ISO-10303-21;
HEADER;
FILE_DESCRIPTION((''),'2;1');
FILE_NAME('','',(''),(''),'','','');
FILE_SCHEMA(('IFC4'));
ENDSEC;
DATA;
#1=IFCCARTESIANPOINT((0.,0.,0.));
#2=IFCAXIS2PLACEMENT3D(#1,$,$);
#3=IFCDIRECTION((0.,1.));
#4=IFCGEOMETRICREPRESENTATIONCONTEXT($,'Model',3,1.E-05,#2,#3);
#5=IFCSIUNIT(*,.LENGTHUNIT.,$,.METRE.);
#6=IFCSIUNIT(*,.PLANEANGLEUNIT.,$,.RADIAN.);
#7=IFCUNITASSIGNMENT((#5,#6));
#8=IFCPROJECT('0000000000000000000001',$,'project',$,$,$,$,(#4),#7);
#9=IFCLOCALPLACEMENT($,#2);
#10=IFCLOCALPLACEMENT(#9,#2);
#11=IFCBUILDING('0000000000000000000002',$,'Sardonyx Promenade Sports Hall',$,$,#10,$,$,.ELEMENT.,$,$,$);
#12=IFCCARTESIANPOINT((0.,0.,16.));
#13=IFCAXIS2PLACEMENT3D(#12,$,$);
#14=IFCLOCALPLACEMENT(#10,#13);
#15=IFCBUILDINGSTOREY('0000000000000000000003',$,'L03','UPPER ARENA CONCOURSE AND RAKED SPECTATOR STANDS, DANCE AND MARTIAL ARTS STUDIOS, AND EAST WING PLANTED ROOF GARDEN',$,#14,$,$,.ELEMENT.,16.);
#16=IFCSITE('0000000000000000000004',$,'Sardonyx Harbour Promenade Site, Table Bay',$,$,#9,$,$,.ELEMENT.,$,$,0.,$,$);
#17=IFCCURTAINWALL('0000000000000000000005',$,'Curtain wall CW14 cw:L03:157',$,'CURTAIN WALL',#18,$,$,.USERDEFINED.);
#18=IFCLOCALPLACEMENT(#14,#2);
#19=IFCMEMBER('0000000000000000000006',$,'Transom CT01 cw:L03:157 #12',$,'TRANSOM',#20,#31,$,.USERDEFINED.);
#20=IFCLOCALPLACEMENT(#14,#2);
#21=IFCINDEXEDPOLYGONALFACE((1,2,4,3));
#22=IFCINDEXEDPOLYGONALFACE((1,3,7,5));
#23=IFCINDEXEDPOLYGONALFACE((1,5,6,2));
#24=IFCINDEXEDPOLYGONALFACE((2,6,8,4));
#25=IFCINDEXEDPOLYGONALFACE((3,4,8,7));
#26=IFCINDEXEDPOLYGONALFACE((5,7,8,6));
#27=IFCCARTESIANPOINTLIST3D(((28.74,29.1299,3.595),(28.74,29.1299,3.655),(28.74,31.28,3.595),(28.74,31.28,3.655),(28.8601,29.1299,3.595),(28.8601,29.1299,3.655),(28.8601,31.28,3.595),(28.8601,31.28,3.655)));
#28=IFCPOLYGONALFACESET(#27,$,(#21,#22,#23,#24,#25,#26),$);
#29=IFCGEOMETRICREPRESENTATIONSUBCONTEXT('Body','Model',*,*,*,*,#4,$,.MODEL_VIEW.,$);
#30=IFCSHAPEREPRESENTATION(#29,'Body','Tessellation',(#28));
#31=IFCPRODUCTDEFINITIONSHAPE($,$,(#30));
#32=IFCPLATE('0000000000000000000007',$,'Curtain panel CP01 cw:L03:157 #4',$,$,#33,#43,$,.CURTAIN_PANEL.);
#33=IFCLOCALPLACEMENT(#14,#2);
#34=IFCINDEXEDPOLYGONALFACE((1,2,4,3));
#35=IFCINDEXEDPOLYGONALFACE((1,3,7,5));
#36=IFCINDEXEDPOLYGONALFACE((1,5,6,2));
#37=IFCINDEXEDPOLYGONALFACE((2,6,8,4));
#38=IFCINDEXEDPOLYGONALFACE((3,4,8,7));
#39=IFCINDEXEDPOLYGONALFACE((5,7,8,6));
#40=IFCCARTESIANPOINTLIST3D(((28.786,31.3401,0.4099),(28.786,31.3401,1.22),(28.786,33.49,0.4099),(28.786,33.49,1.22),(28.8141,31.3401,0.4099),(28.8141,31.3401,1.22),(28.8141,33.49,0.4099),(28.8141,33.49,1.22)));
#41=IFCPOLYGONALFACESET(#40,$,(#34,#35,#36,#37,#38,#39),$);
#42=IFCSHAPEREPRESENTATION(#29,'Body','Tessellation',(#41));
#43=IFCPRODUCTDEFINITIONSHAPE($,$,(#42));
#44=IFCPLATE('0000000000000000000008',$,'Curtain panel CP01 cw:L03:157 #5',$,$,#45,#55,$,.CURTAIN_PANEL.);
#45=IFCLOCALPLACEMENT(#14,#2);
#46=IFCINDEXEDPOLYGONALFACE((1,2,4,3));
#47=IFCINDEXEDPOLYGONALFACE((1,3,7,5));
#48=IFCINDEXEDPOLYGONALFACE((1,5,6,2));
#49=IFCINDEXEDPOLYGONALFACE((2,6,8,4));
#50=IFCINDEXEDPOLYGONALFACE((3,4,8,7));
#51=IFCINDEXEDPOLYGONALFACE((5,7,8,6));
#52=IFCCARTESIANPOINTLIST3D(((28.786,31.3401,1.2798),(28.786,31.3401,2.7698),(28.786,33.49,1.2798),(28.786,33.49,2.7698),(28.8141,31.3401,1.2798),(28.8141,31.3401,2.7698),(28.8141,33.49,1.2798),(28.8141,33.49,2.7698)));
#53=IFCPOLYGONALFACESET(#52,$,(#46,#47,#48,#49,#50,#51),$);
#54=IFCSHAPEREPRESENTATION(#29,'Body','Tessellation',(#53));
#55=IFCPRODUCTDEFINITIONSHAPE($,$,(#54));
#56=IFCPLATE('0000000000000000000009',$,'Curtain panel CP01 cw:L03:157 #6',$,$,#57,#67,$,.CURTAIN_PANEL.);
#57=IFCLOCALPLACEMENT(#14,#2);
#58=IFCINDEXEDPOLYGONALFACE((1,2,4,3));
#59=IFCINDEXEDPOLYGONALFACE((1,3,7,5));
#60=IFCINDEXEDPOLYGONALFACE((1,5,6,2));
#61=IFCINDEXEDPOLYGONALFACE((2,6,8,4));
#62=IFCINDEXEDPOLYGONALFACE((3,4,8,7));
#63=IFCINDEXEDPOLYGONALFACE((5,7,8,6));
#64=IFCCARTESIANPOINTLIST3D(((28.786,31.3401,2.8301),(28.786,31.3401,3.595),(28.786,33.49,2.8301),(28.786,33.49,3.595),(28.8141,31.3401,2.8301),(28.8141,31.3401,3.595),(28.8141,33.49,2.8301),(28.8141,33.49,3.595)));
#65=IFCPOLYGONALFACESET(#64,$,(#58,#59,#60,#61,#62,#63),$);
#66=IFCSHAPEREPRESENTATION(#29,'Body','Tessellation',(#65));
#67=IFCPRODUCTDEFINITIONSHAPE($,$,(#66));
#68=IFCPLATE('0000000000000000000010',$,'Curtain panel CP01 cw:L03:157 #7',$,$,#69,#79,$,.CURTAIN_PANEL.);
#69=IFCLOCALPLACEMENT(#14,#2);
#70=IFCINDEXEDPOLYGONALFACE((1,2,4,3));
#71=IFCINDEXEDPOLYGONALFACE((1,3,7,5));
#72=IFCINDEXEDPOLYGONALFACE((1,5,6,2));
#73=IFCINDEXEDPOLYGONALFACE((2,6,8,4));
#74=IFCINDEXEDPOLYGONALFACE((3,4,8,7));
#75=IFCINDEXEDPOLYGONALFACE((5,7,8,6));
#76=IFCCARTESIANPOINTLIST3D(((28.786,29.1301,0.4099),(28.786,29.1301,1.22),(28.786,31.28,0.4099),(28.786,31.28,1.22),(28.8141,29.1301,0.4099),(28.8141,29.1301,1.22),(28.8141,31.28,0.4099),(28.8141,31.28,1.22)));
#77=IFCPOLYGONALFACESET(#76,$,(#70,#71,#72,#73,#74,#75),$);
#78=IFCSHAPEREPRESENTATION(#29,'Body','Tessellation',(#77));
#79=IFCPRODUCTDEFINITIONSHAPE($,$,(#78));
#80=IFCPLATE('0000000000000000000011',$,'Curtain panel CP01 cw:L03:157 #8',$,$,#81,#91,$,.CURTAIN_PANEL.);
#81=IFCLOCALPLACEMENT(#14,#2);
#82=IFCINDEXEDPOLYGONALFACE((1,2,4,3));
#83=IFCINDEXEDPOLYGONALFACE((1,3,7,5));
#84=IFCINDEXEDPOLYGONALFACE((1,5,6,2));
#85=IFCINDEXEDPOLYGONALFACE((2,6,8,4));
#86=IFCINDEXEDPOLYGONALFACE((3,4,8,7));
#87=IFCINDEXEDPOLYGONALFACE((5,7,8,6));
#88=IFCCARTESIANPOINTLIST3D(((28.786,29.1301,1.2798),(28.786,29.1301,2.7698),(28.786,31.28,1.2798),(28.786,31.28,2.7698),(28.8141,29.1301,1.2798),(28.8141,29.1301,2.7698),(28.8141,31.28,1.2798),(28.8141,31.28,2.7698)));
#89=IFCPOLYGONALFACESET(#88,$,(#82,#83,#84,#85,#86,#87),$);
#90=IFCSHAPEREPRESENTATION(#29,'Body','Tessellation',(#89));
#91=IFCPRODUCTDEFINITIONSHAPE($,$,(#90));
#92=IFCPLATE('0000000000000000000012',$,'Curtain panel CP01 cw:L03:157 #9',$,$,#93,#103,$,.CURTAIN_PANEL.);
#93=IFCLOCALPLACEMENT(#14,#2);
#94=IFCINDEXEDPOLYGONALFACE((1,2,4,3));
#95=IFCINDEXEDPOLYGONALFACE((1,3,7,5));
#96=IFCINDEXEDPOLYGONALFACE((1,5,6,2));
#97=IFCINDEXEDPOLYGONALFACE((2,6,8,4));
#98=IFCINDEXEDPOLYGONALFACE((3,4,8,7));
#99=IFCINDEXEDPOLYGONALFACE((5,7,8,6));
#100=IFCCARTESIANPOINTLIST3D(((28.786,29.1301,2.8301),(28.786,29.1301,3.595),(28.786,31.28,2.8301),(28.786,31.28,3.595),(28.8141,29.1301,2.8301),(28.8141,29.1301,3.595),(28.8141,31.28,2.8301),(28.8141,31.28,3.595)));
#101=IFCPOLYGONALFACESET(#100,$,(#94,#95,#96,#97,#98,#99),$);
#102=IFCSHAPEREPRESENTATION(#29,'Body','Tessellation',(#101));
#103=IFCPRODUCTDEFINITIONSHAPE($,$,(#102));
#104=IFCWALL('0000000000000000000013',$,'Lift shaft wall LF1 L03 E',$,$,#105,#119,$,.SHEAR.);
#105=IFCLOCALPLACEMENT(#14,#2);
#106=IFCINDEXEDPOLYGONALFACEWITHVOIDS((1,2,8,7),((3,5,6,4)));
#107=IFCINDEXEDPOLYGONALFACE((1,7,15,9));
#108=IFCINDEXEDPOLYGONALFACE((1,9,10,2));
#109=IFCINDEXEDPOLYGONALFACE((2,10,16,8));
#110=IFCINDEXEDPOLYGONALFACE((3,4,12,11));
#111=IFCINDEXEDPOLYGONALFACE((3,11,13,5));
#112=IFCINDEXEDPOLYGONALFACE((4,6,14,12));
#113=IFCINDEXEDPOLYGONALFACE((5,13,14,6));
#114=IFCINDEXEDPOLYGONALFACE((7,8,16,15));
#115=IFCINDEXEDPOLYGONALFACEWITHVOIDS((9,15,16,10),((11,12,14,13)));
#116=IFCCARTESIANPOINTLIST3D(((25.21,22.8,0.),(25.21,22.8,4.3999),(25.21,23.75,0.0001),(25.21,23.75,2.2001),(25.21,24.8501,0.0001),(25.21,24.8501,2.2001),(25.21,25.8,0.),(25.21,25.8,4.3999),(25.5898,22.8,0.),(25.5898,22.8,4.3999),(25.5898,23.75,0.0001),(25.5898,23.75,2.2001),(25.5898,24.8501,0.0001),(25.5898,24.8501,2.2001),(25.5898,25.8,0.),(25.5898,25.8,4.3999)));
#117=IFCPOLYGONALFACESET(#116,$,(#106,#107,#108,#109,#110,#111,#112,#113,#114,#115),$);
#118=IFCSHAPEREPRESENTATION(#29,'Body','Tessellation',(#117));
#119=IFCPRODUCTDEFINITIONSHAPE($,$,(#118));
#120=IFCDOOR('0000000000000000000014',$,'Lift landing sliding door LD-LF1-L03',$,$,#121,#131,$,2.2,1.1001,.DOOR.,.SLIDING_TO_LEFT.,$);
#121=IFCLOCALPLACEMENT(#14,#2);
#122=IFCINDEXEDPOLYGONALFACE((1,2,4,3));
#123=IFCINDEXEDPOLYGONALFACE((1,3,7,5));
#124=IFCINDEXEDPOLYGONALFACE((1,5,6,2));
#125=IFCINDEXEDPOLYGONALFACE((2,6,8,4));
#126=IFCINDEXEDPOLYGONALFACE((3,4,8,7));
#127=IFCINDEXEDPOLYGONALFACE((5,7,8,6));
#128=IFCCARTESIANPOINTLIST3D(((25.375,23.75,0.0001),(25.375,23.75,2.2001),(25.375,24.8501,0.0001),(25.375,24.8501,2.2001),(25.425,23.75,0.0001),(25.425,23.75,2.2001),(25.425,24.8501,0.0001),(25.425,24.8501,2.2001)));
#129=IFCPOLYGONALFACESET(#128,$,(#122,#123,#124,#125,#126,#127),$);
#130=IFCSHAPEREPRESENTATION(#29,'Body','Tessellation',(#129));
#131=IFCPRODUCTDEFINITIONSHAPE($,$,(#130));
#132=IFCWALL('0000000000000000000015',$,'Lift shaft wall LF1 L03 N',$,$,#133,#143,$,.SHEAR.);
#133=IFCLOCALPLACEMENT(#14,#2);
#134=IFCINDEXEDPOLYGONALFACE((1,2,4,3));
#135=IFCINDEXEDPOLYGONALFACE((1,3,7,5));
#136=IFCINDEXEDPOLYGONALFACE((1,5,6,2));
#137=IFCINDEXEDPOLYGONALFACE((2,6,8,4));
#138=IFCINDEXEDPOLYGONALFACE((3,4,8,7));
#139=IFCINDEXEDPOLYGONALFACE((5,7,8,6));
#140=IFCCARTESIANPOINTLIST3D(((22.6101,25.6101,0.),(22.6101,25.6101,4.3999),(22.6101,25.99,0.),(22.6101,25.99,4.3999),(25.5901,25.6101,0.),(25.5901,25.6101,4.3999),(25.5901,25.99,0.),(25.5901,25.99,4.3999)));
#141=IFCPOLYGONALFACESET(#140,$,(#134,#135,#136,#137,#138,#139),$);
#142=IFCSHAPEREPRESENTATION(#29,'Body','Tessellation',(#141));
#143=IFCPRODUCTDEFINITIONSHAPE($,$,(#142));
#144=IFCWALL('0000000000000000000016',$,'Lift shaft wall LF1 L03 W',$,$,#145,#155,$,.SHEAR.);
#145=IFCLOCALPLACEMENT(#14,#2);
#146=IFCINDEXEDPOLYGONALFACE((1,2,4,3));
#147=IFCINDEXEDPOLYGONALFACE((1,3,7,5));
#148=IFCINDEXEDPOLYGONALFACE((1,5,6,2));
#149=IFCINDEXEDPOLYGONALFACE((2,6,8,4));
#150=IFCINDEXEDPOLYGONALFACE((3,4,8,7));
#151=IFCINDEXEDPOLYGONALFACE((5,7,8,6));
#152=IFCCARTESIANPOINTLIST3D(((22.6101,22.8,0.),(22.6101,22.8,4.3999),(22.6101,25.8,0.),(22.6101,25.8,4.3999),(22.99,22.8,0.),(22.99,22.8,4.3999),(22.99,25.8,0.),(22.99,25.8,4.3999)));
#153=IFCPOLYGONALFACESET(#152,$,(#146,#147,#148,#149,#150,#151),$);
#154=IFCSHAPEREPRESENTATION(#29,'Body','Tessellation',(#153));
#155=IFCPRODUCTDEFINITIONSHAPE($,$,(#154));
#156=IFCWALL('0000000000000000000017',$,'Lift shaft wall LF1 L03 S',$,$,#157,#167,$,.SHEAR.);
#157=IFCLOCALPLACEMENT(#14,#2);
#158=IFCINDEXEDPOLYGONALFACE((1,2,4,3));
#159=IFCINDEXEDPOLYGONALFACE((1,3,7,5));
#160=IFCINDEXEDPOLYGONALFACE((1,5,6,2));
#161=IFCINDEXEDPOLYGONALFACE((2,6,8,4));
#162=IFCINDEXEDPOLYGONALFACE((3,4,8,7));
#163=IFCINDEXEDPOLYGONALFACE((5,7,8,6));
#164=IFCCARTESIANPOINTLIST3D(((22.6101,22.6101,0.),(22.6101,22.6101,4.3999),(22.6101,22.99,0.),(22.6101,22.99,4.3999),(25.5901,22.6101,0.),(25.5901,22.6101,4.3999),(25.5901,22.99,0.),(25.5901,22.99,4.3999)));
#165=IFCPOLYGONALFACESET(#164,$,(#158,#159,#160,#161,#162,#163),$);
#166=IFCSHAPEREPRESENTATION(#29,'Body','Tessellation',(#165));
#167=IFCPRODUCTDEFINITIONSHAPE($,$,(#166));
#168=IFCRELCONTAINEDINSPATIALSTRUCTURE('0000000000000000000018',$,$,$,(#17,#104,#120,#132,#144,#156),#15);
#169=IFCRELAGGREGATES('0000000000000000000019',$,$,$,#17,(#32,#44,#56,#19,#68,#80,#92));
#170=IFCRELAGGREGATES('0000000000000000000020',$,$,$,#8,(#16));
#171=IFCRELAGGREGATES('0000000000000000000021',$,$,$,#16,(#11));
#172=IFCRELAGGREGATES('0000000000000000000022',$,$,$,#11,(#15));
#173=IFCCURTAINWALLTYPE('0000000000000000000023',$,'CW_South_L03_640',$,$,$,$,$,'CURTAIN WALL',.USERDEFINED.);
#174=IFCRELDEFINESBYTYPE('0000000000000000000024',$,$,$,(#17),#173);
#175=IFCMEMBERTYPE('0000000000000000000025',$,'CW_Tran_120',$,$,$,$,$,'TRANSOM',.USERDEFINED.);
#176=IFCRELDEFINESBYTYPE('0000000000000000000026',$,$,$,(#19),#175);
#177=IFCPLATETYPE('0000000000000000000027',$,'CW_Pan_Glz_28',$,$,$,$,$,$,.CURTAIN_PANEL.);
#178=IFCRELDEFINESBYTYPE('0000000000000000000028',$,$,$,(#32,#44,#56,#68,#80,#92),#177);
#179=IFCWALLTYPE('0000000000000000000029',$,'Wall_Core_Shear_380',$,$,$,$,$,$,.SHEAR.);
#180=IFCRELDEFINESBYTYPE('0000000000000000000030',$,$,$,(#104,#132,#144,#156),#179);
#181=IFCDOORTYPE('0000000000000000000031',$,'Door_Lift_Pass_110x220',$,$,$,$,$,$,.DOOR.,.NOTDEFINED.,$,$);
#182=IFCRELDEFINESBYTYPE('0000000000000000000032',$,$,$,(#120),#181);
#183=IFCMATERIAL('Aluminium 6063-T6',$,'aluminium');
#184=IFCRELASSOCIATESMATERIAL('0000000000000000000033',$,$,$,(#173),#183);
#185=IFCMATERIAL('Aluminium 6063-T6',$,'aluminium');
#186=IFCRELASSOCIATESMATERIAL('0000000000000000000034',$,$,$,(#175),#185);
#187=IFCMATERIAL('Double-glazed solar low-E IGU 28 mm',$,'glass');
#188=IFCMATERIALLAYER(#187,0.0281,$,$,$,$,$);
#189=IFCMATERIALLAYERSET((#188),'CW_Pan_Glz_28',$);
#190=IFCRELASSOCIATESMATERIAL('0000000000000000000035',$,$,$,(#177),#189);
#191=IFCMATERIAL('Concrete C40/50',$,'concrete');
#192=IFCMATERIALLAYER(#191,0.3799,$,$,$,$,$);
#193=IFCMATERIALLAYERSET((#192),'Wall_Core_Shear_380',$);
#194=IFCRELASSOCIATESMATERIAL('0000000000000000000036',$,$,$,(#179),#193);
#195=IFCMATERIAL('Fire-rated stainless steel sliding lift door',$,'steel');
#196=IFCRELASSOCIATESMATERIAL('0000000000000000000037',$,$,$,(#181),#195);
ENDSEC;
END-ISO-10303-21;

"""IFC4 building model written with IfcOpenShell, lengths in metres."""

from ifc_helpers import new_model, si_unit, direction, frame, frame_2d, origin, origin_2d, place, context, subcontext, project, spatial, rectangle, extrude, material, layer, layer_set, material_profile, profile_set, type_object, element, fill, aggregate, save


model = new_model("IFC4")

# Units and contexts
model_context = context("Model", 3, precision=1e-05, world=origin(), true_north=direction((0.0, 1.0)))
body_context = subcontext(model_context, "Body", "Model", "MODEL_VIEW")
ifc_project = project(units=[si_unit("LENGTHUNIT", "METRE"), si_unit("PLANEANGLEUNIT", "RADIAN")], contexts=[model_context])

# Site, building, storey
site_placement = place(None, origin())
site = spatial("IfcSite", under=ifc_project, at=site_placement, Name="Sardonyx Harbour Promenade Site, Table Bay", CompositionType="ELEMENT", RefElevation=0.0)
building_placement = place(site_placement, origin())
building = spatial("IfcBuilding", under=site, at=building_placement, Name="Sardonyx Promenade Sports Hall", CompositionType="ELEMENT")
storey_placement = place(building_placement, frame((0.0, 0.0, 16.0)))
storey = spatial("IfcBuildingStorey", under=building, at=storey_placement, Name="L03", Description="UPPER ARENA CONCOURSE AND RAKED SPECTATOR STANDS, DANCE AND MARTIAL ARTS STUDIOS, AND EAST WING PLANTED ROOF GARDEN", CompositionType="ELEMENT", Elevation=16.0)

# Curtain wall, member, plates
ifc_material_1 = material(Name="Aluminium 6063-T6", Category="aluminium")
curtain_wall_type = type_object("IfcCurtainWallType", Name="CW_South_L03_640", ElementType="CURTAIN WALL", PredefinedType="USERDEFINED", material=ifc_material_1)
curtain_wall_placement = place(storey_placement, origin())
curtain_wall = element("IfcCurtainWall", 1, at=curtain_wall_placement, inside=storey, type_object=curtain_wall_type, Name="Curtain wall CW14 cw:L03:157", ObjectType="CURTAIN WALL", PredefinedType="USERDEFINED")
ifc_material_2 = material(Name="Aluminium 6063-T6", Category="aluminium")
ifc_material_profile_1 = material_profile(ifc_material_2, rectangle(XDim=0.0601, YDim=0.1201, at=origin_2d()))
ifc_profile_set_1 = profile_set([ifc_material_profile_1], Name="Aluminium 6063-T6")
member_type_1 = type_object("IfcMemberType", Name="CW_Tran_120", ElementType="TRANSOM", PredefinedType="USERDEFINED", material=ifc_profile_set_1)
member_1_placement = place(storey_placement, frame((28.8, 31.28, 3.625), z_axis=(0.0, -1.0, 0.0), x_axis=(0.0, 0.0, 1.0)))
member_1 = element("IfcMember", 2, at=member_1_placement, type_object=member_type_1, Name="Transom CT01 cw:L03:157 #12", ObjectType="TRANSOM", PredefinedType="USERDEFINED", context=body_context, shape_type="SweptSolid", body=[
    extrude(rectangle(XDim=0.0601, YDim=0.1201, at=origin_2d()), origin(), (0.0, 0.0, 1.0), 2.1501),
])
ifc_material_3 = material(Name="Double-glazed solar low-E IGU 28 mm", Category="glass")
ifc_layer_1 = layer(ifc_material_3, 0.0281)
ifc_layer_set_1 = layer_set([ifc_layer_1], Name="CW_Pan_Glz_28")
plate_type = type_object("IfcPlateType", Name="CW_Pan_Glz_28", PredefinedType="CURTAIN_PANEL", material=ifc_layer_set_1)
plate_1_placement = place(storey_placement, frame((28.8, 32.415, 0.4099), z_axis=(0.0, 0.0, 1.0), x_axis=(0.0, -1.0, 0.0)))
plate_1 = element("IfcPlate", 3, at=plate_1_placement, type_object=plate_type, Name="Curtain panel CP01 cw:L03:157 #4", PredefinedType="CURTAIN_PANEL", context=body_context, shape_type="SweptSolid", body=[
    extrude(rectangle(XDim=2.1499, YDim=0.0281, at=origin_2d()), origin(), (0.0, 0.0, 1.0), 0.8101),
])
plate_2_placement = place(storey_placement, frame((28.8, 32.415, 1.2798), z_axis=(0.0, 0.0, 1.0), x_axis=(0.0, -1.0, 0.0)))
plate_2 = element("IfcPlate", 4, at=plate_2_placement, type_object=plate_type, Name="Curtain panel CP01 cw:L03:157 #5", PredefinedType="CURTAIN_PANEL", context=body_context, shape_type="SweptSolid", body=[
    extrude(rectangle(XDim=2.1499, YDim=0.0281, at=origin_2d()), origin(), (0.0, 0.0, 1.0), 1.49),
])
plate_3_placement = place(storey_placement, frame((28.8, 32.415, 2.8301), z_axis=(0.0, 0.0, 1.0), x_axis=(0.0, -1.0, 0.0)))
plate_3 = element("IfcPlate", 5, at=plate_3_placement, type_object=plate_type, Name="Curtain panel CP01 cw:L03:157 #6", PredefinedType="CURTAIN_PANEL", context=body_context, shape_type="SweptSolid", body=[
    extrude(rectangle(XDim=2.1499, YDim=0.0281, at=origin_2d()), origin(), (0.0, 0.0, 1.0), 0.7649),
])
plate_4_placement = place(storey_placement, frame((28.8, 30.2051, 0.4099), z_axis=(0.0, 0.0, 1.0), x_axis=(0.0, -1.0, 0.0)))
plate_4 = element("IfcPlate", 6, at=plate_4_placement, type_object=plate_type, Name="Curtain panel CP01 cw:L03:157 #7", PredefinedType="CURTAIN_PANEL", context=body_context, shape_type="SweptSolid", body=[
    extrude(rectangle(XDim=2.1499, YDim=0.0281, at=origin_2d()), origin(), (0.0, 0.0, 1.0), 0.8101),
])
plate_5_placement = place(storey_placement, frame((28.8, 30.2051, 1.2798), z_axis=(0.0, 0.0, 1.0), x_axis=(0.0, -1.0, 0.0)))
plate_5 = element("IfcPlate", 7, at=plate_5_placement, type_object=plate_type, Name="Curtain panel CP01 cw:L03:157 #8", PredefinedType="CURTAIN_PANEL", context=body_context, shape_type="SweptSolid", body=[
    extrude(rectangle(XDim=2.1499, YDim=0.0281, at=origin_2d()), origin(), (0.0, 0.0, 1.0), 1.49),
])
plate_6_placement = place(storey_placement, frame((28.8, 30.2051, 2.8301), z_axis=(0.0, 0.0, 1.0), x_axis=(0.0, -1.0, 0.0)))
plate_6 = element("IfcPlate", 8, at=plate_6_placement, type_object=plate_type, Name="Curtain panel CP01 cw:L03:157 #9", PredefinedType="CURTAIN_PANEL", context=body_context, shape_type="SweptSolid", body=[
    extrude(rectangle(XDim=2.1499, YDim=0.0281, at=origin_2d()), origin(), (0.0, 0.0, 1.0), 0.7649),
])
aggregate(curtain_wall, [plate_1, plate_2, plate_3, member_1, plate_4, plate_5, plate_6])

# Wall, opening, door
ifc_material_4 = material(Name="Concrete C40/50", Category="concrete")
ifc_layer_2 = layer(ifc_material_4, 0.3799)
ifc_layer_set_2 = layer_set([ifc_layer_2], Name="Wall_Core_Shear_380")
wall_type_1 = type_object("IfcWallType", Name="Wall_Core_Shear_380", PredefinedType="SHEAR", material=ifc_layer_set_2)
wall_1_placement = place(storey_placement, frame((25.3999, 22.8, 0.0), z_axis=(0.0, 0.0, 1.0), x_axis=(0.0, 1.0, 0.0)))
wall_1 = element("IfcWall", 9, at=wall_1_placement, inside=storey, type_object=wall_type_1, Name="Lift shaft wall LF1 L03 E", PredefinedType="SHEAR", context=body_context, shape_type="SweptSolid", body=[
    extrude(rectangle(XDim=3.0, YDim=0.3799, at=frame_2d((1.5, 0.0))), origin(), (0.0, 0.0, 1.0), 4.3999),
])
opening_1_placement = place(wall_1_placement, frame((0.95, 0.0, 0.0)))
opening_1 = element("IfcOpeningElement", 10, at=opening_1_placement, cuts=wall_1, PredefinedType="OPENING", context=body_context, shape_type="SweptSolid", body=[
    extrude(rectangle(XDim=1.1001, YDim=2.2, at=frame_2d((0.55, 1.1001))), frame((0.0, 0.2, 0.0), z_axis=(0.0, -1.0, 0.0), x_axis=(1.0, 0.0, 0.0)), (0.0, 0.0, 1.0), 0.4),
])
ifc_material_5 = material(Name="Fire-rated stainless steel sliding lift door", Category="steel")
door_type_1 = type_object("IfcDoorType", Name="Door_Lift_Pass_110x220", OperationType="NOTDEFINED", PredefinedType="DOOR", material=ifc_material_5)
door_1_placement = place(opening_1_placement, origin())
door_1 = element("IfcDoor", 11, at=door_1_placement, inside=storey, type_object=door_type_1, Name="Lift landing sliding door LD-LF1-L03", OperationType="SLIDING_TO_LEFT", OverallHeight=2.2, OverallWidth=1.1001, PredefinedType="DOOR", context=body_context, shape_type="SweptSolid", body=[
    extrude(rectangle(XDim=1.1001, YDim=2.2, at=frame_2d((0.55, 1.1001))), frame((0.0, 0.0249, 0.0), z_axis=(0.0, -1.0, 0.0), x_axis=(1.0, 0.0, 0.0)), (0.0, 0.0, 1.0), 0.05),
])
fill(opening_1, door_1)

# Walls
wall_2_placement = place(storey_placement, frame((22.6101, 25.8, 0.0), z_axis=(0.0, 0.0, 1.0), x_axis=(1.0, 0.0, 0.0)))
element("IfcWall", 12, at=wall_2_placement, inside=storey, type_object=wall_type_1, Name="Lift shaft wall LF1 L03 N", PredefinedType="SHEAR", context=body_context, shape_type="SweptSolid", body=[
    extrude(rectangle(XDim=2.98, YDim=0.3799, at=frame_2d((1.49, 0.0))), origin(), (0.0, 0.0, 1.0), 4.3999),
])
wall_3_placement = place(storey_placement, frame((22.8, 25.8, 0.0), z_axis=(0.0, 0.0, 1.0), x_axis=(0.0, -1.0, 0.0)))
element("IfcWall", 13, at=wall_3_placement, inside=storey, type_object=wall_type_1, Name="Lift shaft wall LF1 L03 W", PredefinedType="SHEAR", context=body_context, shape_type="SweptSolid", body=[
    extrude(rectangle(XDim=3.0, YDim=0.3799, at=frame_2d((1.5, 0.0))), origin(), (0.0, 0.0, 1.0), 4.3999),
])
wall_4_placement = place(storey_placement, frame((25.5901, 22.8, 0.0), z_axis=(0.0, 0.0, 1.0), x_axis=(-1.0, 0.0, 0.0)))
element("IfcWall", 14, at=wall_4_placement, inside=storey, type_object=wall_type_1, Name="Lift shaft wall LF1 L03 S", PredefinedType="SHEAR", context=body_context, shape_type="SweptSolid", body=[
    extrude(rectangle(XDim=2.98, YDim=0.3799, at=frame_2d((1.49, 0.0))), origin(), (0.0, 0.0, 1.0), 4.3999),
])

save(model, "model.ifc")
